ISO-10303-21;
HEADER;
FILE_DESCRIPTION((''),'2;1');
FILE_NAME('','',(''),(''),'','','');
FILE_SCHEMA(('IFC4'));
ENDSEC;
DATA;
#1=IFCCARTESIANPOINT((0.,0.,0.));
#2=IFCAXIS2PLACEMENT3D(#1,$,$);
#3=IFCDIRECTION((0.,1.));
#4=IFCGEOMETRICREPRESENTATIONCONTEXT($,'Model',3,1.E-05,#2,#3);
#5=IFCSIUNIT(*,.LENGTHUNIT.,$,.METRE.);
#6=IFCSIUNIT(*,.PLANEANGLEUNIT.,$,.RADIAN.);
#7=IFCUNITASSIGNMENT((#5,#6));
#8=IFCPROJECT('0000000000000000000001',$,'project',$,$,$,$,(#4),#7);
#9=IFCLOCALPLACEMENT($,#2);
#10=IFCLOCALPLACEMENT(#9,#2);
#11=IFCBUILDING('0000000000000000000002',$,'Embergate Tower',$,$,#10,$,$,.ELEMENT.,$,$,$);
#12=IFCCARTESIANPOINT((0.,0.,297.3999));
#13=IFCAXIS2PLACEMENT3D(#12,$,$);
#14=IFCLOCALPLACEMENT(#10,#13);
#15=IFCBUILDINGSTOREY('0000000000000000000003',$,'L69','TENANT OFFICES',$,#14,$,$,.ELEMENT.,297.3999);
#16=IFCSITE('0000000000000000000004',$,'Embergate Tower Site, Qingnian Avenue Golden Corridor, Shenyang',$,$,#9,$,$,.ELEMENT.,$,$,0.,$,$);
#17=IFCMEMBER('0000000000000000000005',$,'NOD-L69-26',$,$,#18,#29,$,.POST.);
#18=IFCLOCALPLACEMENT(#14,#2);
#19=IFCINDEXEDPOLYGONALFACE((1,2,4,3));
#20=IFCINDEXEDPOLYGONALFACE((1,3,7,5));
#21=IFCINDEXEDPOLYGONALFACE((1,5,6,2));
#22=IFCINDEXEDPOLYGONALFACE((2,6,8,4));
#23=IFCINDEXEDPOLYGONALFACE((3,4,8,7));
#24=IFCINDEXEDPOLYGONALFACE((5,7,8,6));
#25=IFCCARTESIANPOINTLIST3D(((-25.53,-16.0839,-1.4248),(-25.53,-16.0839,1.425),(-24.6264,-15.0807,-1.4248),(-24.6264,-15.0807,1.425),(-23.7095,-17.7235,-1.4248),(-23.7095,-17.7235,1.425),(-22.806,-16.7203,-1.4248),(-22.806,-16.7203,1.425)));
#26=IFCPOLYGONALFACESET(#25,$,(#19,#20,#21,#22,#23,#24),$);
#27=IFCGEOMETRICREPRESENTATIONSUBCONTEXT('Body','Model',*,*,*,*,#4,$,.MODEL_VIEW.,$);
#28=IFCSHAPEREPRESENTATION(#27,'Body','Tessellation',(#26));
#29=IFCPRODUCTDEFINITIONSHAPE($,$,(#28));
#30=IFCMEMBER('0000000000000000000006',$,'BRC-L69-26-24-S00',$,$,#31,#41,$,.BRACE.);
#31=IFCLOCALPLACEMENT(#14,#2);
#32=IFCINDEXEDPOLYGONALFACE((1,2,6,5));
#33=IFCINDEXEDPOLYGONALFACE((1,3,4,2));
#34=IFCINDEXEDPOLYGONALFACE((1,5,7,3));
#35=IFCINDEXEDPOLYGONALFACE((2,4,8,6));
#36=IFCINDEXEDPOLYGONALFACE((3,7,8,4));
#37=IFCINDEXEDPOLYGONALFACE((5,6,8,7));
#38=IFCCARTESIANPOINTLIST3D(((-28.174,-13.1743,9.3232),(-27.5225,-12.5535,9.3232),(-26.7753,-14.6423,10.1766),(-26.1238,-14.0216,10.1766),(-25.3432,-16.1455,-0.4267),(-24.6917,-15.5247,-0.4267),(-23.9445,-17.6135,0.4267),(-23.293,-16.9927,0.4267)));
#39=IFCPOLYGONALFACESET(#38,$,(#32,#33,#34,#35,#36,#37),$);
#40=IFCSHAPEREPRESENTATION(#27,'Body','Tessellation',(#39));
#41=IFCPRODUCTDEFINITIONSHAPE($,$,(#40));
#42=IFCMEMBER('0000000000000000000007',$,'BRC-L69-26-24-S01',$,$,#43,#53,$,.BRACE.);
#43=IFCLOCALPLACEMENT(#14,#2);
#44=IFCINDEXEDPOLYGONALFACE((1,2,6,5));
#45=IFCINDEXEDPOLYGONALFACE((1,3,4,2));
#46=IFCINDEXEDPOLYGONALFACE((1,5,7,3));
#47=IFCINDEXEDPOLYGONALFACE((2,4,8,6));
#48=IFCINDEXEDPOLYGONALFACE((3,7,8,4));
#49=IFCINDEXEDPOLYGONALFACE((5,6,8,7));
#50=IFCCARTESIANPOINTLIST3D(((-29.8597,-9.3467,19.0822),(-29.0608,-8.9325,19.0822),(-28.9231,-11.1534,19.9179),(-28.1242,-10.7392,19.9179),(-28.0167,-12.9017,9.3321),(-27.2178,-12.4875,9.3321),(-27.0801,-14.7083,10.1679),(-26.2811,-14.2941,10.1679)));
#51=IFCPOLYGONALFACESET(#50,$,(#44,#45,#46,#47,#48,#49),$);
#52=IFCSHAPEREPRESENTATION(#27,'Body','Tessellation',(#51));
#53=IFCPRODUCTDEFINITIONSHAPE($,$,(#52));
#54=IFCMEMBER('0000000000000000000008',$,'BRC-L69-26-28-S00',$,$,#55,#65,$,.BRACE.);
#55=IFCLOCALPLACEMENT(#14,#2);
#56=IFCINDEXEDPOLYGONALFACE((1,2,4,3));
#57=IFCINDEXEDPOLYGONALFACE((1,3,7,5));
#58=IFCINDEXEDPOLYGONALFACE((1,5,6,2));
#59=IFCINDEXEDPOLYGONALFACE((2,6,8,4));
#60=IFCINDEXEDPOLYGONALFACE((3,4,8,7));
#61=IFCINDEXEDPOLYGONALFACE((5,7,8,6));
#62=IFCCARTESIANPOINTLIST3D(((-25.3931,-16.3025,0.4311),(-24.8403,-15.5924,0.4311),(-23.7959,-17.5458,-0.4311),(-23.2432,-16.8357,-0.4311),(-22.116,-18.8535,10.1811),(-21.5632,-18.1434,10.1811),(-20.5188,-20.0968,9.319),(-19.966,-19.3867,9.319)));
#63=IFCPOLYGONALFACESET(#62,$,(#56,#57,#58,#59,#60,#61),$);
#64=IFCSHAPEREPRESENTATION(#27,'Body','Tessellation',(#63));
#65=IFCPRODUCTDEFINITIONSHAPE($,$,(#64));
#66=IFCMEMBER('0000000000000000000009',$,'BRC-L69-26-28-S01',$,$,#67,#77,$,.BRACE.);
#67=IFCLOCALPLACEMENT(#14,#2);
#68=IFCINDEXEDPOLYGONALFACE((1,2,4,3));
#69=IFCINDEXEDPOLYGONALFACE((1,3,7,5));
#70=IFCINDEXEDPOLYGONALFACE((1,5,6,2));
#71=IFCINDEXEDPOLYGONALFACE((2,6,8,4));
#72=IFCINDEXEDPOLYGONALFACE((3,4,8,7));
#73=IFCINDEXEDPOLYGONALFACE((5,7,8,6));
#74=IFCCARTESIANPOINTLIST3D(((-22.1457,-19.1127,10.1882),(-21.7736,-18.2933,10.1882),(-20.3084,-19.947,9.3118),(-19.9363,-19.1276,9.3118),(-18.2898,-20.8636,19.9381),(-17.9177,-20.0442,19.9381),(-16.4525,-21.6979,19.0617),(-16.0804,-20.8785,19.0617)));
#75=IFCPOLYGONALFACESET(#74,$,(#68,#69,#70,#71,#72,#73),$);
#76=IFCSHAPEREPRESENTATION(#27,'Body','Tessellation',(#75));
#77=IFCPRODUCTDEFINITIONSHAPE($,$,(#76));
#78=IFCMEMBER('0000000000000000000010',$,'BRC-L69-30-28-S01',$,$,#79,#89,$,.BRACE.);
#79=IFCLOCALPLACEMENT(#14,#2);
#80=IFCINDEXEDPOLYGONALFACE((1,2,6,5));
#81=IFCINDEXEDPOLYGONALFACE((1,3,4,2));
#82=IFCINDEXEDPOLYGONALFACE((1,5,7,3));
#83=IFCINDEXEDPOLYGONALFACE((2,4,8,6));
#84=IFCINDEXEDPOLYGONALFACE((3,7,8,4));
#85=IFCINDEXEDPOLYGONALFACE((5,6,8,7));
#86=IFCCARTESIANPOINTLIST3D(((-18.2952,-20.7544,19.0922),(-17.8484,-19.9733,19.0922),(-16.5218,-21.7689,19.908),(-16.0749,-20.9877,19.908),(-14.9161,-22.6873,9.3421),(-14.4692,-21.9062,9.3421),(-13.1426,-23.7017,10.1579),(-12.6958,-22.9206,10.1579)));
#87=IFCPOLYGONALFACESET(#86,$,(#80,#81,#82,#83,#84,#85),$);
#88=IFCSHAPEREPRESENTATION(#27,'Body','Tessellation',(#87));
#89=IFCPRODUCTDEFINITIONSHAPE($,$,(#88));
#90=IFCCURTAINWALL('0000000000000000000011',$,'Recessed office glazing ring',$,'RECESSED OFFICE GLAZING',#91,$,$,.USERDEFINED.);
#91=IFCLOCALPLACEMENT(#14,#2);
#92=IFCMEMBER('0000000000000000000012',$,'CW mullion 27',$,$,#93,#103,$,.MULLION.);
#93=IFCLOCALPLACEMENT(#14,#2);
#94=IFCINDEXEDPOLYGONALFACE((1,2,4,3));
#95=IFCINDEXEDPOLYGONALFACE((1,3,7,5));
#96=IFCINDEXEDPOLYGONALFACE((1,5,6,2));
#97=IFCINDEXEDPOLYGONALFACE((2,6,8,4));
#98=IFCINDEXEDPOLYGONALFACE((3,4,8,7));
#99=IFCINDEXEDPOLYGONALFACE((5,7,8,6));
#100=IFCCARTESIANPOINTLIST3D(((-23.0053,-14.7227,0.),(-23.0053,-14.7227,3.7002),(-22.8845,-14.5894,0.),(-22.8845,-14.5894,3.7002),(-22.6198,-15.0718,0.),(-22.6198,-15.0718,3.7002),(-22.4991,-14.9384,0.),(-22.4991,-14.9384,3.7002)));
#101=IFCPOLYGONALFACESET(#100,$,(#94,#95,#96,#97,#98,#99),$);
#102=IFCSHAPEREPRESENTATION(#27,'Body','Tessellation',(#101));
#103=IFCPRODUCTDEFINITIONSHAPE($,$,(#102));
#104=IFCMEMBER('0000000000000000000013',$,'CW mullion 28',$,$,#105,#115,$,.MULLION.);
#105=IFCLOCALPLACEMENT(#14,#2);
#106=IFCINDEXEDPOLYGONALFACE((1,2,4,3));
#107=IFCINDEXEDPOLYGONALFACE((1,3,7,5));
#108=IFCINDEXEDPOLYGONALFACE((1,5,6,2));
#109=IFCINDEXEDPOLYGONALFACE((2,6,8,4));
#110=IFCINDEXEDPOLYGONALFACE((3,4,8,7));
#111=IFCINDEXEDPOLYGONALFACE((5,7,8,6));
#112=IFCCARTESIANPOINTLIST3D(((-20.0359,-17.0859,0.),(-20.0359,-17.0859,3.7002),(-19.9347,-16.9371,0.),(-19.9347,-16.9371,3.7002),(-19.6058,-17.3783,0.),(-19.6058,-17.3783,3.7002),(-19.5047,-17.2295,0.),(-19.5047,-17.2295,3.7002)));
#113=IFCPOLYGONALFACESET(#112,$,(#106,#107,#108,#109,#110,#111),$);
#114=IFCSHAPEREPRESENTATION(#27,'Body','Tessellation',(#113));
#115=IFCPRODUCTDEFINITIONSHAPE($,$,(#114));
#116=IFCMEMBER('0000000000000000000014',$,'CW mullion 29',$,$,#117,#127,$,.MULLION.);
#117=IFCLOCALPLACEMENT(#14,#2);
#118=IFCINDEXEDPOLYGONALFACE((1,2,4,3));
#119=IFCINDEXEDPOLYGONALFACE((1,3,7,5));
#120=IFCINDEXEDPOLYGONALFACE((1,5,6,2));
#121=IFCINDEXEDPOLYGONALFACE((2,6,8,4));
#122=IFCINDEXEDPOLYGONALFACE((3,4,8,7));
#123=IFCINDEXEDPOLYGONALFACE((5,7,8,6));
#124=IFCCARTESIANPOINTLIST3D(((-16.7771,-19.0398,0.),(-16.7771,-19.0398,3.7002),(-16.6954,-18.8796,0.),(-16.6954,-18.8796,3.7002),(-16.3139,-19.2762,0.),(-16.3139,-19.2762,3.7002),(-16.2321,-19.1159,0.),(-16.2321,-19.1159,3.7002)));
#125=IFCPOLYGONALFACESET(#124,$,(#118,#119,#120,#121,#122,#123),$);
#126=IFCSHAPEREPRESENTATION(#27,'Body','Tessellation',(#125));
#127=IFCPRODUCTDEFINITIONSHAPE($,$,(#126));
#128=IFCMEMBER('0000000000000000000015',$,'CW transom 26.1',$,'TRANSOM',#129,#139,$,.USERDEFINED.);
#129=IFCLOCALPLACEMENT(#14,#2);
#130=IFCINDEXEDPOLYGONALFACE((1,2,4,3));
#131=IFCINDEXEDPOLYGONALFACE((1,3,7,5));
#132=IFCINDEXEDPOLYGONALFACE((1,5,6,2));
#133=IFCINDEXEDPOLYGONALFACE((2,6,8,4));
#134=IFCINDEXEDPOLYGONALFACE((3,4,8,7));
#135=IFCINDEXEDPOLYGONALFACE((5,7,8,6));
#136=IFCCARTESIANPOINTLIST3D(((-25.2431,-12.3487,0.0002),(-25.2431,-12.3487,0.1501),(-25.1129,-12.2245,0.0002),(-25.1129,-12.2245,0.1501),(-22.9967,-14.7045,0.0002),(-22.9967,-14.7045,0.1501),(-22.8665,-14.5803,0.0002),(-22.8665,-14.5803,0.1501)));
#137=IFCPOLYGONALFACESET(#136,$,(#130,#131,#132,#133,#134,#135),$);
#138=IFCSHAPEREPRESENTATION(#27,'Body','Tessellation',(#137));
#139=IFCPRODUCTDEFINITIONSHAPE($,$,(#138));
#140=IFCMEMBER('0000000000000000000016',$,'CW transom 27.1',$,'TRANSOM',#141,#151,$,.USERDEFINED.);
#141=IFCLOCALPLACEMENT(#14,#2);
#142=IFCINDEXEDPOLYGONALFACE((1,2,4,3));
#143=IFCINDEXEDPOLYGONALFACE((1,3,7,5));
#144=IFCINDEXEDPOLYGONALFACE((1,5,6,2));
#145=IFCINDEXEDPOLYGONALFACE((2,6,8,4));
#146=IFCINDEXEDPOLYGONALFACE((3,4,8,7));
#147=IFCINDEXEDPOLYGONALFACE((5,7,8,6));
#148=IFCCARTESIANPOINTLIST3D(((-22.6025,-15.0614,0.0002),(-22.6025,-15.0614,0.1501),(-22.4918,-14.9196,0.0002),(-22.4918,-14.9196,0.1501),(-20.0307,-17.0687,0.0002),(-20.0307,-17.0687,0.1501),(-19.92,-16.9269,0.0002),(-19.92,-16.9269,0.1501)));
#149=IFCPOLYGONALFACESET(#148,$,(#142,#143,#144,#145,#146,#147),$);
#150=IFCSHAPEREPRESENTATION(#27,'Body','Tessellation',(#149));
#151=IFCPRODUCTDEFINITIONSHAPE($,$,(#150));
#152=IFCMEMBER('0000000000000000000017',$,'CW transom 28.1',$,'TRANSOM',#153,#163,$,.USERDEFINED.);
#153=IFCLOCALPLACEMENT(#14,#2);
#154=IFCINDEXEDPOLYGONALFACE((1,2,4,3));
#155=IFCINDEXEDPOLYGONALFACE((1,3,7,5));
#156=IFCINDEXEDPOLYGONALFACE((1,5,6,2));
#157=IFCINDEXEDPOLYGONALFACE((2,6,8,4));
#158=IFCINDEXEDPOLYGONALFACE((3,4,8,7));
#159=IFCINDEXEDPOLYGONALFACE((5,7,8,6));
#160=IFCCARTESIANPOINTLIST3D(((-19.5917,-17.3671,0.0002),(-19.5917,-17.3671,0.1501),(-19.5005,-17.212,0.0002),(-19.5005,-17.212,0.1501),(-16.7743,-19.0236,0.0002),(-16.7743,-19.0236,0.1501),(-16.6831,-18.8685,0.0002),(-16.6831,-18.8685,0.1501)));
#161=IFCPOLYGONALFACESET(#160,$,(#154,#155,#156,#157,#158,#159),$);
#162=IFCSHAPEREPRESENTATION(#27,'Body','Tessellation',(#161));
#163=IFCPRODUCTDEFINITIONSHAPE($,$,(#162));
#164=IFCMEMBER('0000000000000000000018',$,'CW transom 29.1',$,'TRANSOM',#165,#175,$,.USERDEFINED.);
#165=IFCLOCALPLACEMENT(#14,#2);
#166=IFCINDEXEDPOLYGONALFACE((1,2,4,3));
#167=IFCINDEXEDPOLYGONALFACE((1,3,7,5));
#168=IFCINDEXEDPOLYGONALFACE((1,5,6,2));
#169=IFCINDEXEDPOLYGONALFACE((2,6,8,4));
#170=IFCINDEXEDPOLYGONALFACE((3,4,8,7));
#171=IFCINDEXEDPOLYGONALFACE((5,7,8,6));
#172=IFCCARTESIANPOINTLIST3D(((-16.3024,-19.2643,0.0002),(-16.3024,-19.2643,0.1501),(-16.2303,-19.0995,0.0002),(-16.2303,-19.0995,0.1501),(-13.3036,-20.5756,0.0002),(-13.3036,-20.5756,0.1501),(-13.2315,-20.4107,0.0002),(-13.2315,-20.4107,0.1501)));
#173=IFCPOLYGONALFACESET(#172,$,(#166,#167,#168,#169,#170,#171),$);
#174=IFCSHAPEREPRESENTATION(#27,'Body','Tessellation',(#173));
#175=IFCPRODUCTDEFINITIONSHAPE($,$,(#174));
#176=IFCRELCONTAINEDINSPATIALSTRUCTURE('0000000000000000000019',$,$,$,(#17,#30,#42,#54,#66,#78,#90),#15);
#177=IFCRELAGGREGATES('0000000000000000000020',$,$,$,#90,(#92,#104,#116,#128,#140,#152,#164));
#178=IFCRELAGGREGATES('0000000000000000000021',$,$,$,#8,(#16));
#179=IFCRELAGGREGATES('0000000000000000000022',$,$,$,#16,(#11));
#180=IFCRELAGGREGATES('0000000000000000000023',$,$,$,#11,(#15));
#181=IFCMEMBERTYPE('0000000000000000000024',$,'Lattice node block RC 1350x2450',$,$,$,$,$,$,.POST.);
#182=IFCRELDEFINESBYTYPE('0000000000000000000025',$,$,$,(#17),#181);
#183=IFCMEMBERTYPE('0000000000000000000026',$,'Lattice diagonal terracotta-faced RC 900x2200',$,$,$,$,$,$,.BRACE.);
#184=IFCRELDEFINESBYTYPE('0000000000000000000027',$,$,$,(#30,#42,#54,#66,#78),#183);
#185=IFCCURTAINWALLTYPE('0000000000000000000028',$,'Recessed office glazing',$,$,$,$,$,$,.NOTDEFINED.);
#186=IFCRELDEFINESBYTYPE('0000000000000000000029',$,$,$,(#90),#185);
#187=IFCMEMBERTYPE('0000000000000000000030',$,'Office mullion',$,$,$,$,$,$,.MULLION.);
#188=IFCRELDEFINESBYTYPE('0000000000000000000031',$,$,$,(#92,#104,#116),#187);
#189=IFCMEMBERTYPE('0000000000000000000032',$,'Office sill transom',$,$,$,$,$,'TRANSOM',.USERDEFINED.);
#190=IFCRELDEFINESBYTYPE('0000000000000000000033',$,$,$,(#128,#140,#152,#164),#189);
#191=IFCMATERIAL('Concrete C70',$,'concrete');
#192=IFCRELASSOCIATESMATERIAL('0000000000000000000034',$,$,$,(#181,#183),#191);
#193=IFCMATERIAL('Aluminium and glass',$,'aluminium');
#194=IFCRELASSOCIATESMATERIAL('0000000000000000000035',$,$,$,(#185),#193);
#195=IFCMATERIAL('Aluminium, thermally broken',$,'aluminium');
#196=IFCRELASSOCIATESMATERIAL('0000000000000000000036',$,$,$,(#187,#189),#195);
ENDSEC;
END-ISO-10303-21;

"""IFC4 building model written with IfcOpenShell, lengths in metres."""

from ifc_helpers import new_model, si_unit, direction, frame, origin, origin_2d, place, context, subcontext, project, spatial, rectangle, extrude, source, transform, mapped, material, material_profile, profile_set, type_object, element, aggregate, save


model = new_model("IFC4")

# Units and contexts
model_context = context("Model", 3, precision=1e-05, world=origin(), true_north=direction((0.0, 1.0)))
body_context = subcontext(model_context, "Body", "Model", "MODEL_VIEW")
ifc_project = project(units=[si_unit("LENGTHUNIT", "METRE"), si_unit("PLANEANGLEUNIT", "RADIAN")], contexts=[model_context])

# Site, building, storey
site_placement = place(None, origin())
site = spatial("IfcSite", under=ifc_project, at=site_placement, Name="Embergate Tower Site, Qingnian Avenue Golden Corridor, Shenyang", CompositionType="ELEMENT", RefElevation=0.0)
building_placement = place(site_placement, origin())
building = spatial("IfcBuilding", under=site, at=building_placement, Name="Embergate Tower", CompositionType="ELEMENT")
storey_placement = place(building_placement, frame((0.0, 0.0, 297.3999)))
storey = spatial("IfcBuildingStorey", under=building, at=storey_placement, Name="L69", Description="TENANT OFFICES", CompositionType="ELEMENT", Elevation=297.3999)

# Members
ifc_material_1 = material(Name="Concrete C70", Category="concrete")
ifc_material_profile_1 = material_profile(ifc_material_1, rectangle(XDim=1.3501, YDim=2.45, at=origin_2d()), Name="RC 1350x2450")
ifc_profile_set_1 = profile_set([ifc_material_profile_1], Name="Concrete C70")
member_type_1 = type_object("IfcMemberType", Name="Lattice node block RC 1350x2450", PredefinedType="POST", material=ifc_profile_set_1)
shared_shape_1 = source(origin(), body_context, "Body", "SweptSolid", [
    extrude(rectangle(XDim=1.3501, YDim=2.45, at=origin_2d()), origin(), (0.0, 0.0, 1.0), 2.8499),
])
member_1_placement = place(storey_placement, frame((-24.168, -16.4021, -1.4248), z_axis=(0.0, 0.0, 1.0), x_axis=(-0.669221, -0.743063, 0.0)))
element("IfcMember", 1, at=member_1_placement, inside=storey, type_object=member_type_1, Name="NOD-L69-26", PredefinedType="POST", context=body_context, shape_type="MappedRepresentation", body=[
    mapped(shared_shape_1, transform((0.0, 0.0, 0.0))),
])
ifc_material_profile_2 = material_profile(ifc_material_1, rectangle(XDim=0.8999, YDim=2.2, at=origin_2d()), Name="RC 900x2200")
ifc_profile_set_2 = profile_set([ifc_material_profile_2], Name="Concrete C70")
member_type_2 = type_object("IfcMemberType", Name="Lattice diagonal terracotta-faced RC 900x2200", PredefinedType="BRACE", material=ifc_profile_set_2)
shared_shape_2 = source(origin(), body_context, "Body", "SweptSolid", [
    extrude(rectangle(XDim=0.8999, YDim=2.2, at=origin_2d()), origin(), (0.0, 0.0, 1.0), 10.5784),
])
member_2_placement = place(storey_placement, frame((-24.3181, -16.5691, 0.0), z_axis=(-0.267601, 0.280872, 0.921684), x_axis=(-0.724004, -0.689796, 0.0)))
element("IfcMember", 2, at=member_2_placement, inside=storey, type_object=member_type_2, Name="BRC-L69-26-24-S00", PredefinedType="BRACE", context=body_context, shape_type="MappedRepresentation", body=[
    mapped(shared_shape_2, transform((0.0, 0.0, 0.0))),
])
shared_shape_3 = source(origin(), body_context, "Body", "SweptSolid", [
    extrude(rectangle(XDim=0.8999, YDim=2.2, at=origin_2d()), origin(), (0.0, 0.0, 1.0), 10.5403),
])
member_3_placement = place(storey_placement, frame((-27.1489, -13.5979, 9.75), z_axis=(-0.174855, 0.337272, 0.925026), x_axis=(-0.887783, -0.460262, 0.0)))
element("IfcMember", 3, at=member_3_placement, inside=storey, type_object=member_type_2, Name="BRC-L69-26-24-S01", PredefinedType="BRACE", context=body_context, shape_type="MappedRepresentation", body=[
    mapped(shared_shape_3, transform((0.0, 0.0, 0.0))),
])
shared_shape_4 = source(origin(), body_context, "Body", "SweptSolid", [
    extrude(rectangle(XDim=0.8999, YDim=2.2, at=origin_2d()), origin(), (0.0, 0.0, 1.0), 10.5977),
])
member_4_placement = place(storey_placement, frame((-24.3181, -16.5691, 0.0), z_axis=(0.30923, -0.240717, 0.920018), x_axis=(0.614266, 0.789099, 0.0)))
element("IfcMember", 4, at=member_4_placement, inside=storey, type_object=member_type_2, Name="BRC-L69-26-28-S00", PredefinedType="BRACE", context=body_context, shape_type="MappedRepresentation", body=[
    mapped(shared_shape_4, transform((0.0, 0.0, 0.0))),
])
shared_shape_5 = source(origin(), body_context, "Body", "SweptSolid", [
    extrude(rectangle(XDim=0.8999, YDim=2.2, at=origin_2d()), origin(), (0.0, 0.0, 1.0), 10.6299),
])
member_5_placement = place(storey_placement, frame((-21.041, -19.1201, 9.75), z_axis=(0.362743, -0.16472, 0.917216), x_axis=(0.413464, 0.91052, 0.0)))
element("IfcMember", 5, at=member_5_placement, inside=storey, type_object=member_type_2, Name="BRC-L69-26-28-S01", PredefinedType="BRACE", context=body_context, shape_type="MappedRepresentation", body=[
    mapped(shared_shape_5, transform((0.0, 0.0, 0.0))),
])
shared_shape_6 = source(origin(), body_context, "Body", "SweptSolid", [
    extrude(rectangle(XDim=0.8999, YDim=2.2, at=origin_2d()), origin(), (0.0, 0.0, 1.0), 10.4985),
])
member_6_placement = place(storey_placement, frame((-13.8059, -22.804, 9.75), z_axis=(-0.321872, 0.184109, 0.92871), x_axis=(-0.49651, -0.868031, 0.0)))
element("IfcMember", 6, at=member_6_placement, inside=storey, type_object=member_type_2, Name="BRC-L69-30-28-S01", PredefinedType="BRACE", context=body_context, shape_type="MappedRepresentation", body=[
    mapped(shared_shape_6, transform((0.0, 0.0, 0.0))),
])

# Curtain wall, members
ifc_material_2 = material(Name="Aluminium and glass", Category="aluminium")
curtain_wall_type = type_object("IfcCurtainWallType", Name="Recessed office glazing", PredefinedType="NOTDEFINED", material=ifc_material_2)
curtain_wall_placement = place(storey_placement, origin())
curtain_wall = element("IfcCurtainWall", 7, at=curtain_wall_placement, inside=storey, type_object=curtain_wall_type, Name="Recessed office glazing ring", ObjectType="RECESSED OFFICE GLAZING", PredefinedType="USERDEFINED")
ifc_material_3 = material(Name="Aluminium, thermally broken", Category="aluminium")
ifc_material_profile_3 = material_profile(ifc_material_3, rectangle(XDim=0.1799, YDim=0.52, at=origin_2d()), Name="AL 520x180")
ifc_profile_set_3 = profile_set([ifc_material_profile_3], Name="Aluminium, thermally broken")
member_type_3 = type_object("IfcMemberType", Name="Office mullion", PredefinedType="MULLION", material=ifc_profile_set_3)
shared_shape_7 = source(origin(), body_context, "Body", "SweptSolid", [
    extrude(rectangle(XDim=0.1799, YDim=0.52, at=origin_2d()), origin(), (0.0, 0.0, 1.0), 3.7002),
])
member_7_placement = place(storey_placement, frame((-22.7522, -14.8306, 0.0), z_axis=(0.0, 0.0, 1.0), x_axis=(0.67122, 0.741258, 0.0)))
member_7 = element("IfcMember", 8, at=member_7_placement, type_object=member_type_3, Name="CW mullion 27", PredefinedType="MULLION", context=body_context, shape_type="MappedRepresentation", body=[
    mapped(shared_shape_7, transform((0.0, 0.0, 0.0))),
])
member_8_placement = place(storey_placement, frame((-19.7703, -17.1577, 0.0), z_axis=(0.0, 0.0, 1.0), x_axis=(0.562212, 0.826993, 0.0)))
member_8 = element("IfcMember", 9, at=member_8_placement, type_object=member_type_3, Name="CW mullion 28", PredefinedType="MULLION", context=body_context, shape_type="MappedRepresentation", body=[
    mapped(shared_shape_7, transform((0.0, 0.0, 0.0))),
])
member_9_placement = place(storey_placement, frame((-16.5046, -19.0779, 0.0), z_axis=(0.0, 0.0, 1.0), x_axis=(0.454508, 0.890743, 0.0)))
member_9 = element("IfcMember", 10, at=member_9_placement, type_object=member_type_3, Name="CW mullion 29", PredefinedType="MULLION", context=body_context, shape_type="MappedRepresentation", body=[
    mapped(shared_shape_7, transform((0.0, 0.0, 0.0))),
])
ifc_material_profile_4 = material_profile(ifc_material_3, rectangle(XDim=0.1799, YDim=0.1499, at=origin_2d()), Name="AL 150x180")
ifc_profile_set_4 = profile_set([ifc_material_profile_4], Name="Aluminium, thermally broken")
member_type_4 = type_object("IfcMemberType", Name="Office sill transom", ElementType="TRANSOM", PredefinedType="USERDEFINED", material=ifc_profile_set_4)
shared_shape_8 = source(origin(), body_context, "Body", "SweptSolid", [
    extrude(rectangle(XDim=0.1799, YDim=0.1499, at=origin_2d()), origin(), (0.0, 0.0, 1.0), 3.2551),
])
member_10_placement = place(storey_placement, frame((-25.178, -12.2866, 0.0752), z_axis=(0.690106, -0.723708, 0.0), x_axis=(0.723708, 0.690106, 0.0)))
member_10 = element("IfcMember", 11, at=member_10_placement, type_object=member_type_4, Name="CW transom 26.1", ObjectType="TRANSOM", PredefinedType="USERDEFINED", context=body_context, shape_type="MappedRepresentation", body=[
    mapped(shared_shape_8, transform((0.0, 0.0, 0.0))),
])
shared_shape_9 = source(origin(), body_context, "Body", "SweptSolid", [
    extrude(rectangle(XDim=0.1799, YDim=0.1499, at=origin_2d()), origin(), (0.0, 0.0, 1.0), 3.2625),
])
member_11_placement = place(storey_placement, frame((-22.5471, -14.9905, 0.0752), z_axis=(0.788303, -0.615287, 0.0), x_axis=(0.615287, 0.788303, 0.0)))
member_11 = element("IfcMember", 12, at=member_11_placement, type_object=member_type_4, Name="CW transom 27.1", ObjectType="TRANSOM", PredefinedType="USERDEFINED", context=body_context, shape_type="MappedRepresentation", body=[
    mapped(shared_shape_9, transform((0.0, 0.0, 0.0))),
])
shared_shape_10 = source(origin(), body_context, "Body", "SweptSolid", [
    extrude(rectangle(XDim=0.1799, YDim=0.1499, at=origin_2d()), origin(), (0.0, 0.0, 1.0), 3.2683),
])
member_12_placement = place(storey_placement, frame((-19.5461, -17.2896, 0.0752), z_axis=(0.86204, -0.506841, 0.0), x_axis=(0.506841, 0.86204, 0.0)))
member_12 = element("IfcMember", 13, at=member_12_placement, type_object=member_type_4, Name="CW transom 28.1", ObjectType="TRANSOM", PredefinedType="USERDEFINED", context=body_context, shape_type="MappedRepresentation", body=[
    mapped(shared_shape_10, transform((0.0, 0.0, 0.0))),
])
shared_shape_11 = source(origin(), body_context, "Body", "SweptSolid", [
    extrude(rectangle(XDim=0.1799, YDim=0.1499, at=origin_2d()), origin(), (0.0, 0.0, 1.0), 3.2729),
])
member_13_placement = place(storey_placement, frame((-16.2664, -19.1819, 0.0752), z_axis=(0.916234, -0.400643, 0.0), x_axis=(0.400643, 0.916234, 0.0)))
member_13 = element("IfcMember", 14, at=member_13_placement, type_object=member_type_4, Name="CW transom 29.1", ObjectType="TRANSOM", PredefinedType="USERDEFINED", context=body_context, shape_type="MappedRepresentation", body=[
    mapped(shared_shape_11, transform((0.0, 0.0, 0.0))),
])
aggregate(curtain_wall, [member_7, member_8, member_9, member_10, member_11, member_12, member_13])

save(model, "model.ifc")
